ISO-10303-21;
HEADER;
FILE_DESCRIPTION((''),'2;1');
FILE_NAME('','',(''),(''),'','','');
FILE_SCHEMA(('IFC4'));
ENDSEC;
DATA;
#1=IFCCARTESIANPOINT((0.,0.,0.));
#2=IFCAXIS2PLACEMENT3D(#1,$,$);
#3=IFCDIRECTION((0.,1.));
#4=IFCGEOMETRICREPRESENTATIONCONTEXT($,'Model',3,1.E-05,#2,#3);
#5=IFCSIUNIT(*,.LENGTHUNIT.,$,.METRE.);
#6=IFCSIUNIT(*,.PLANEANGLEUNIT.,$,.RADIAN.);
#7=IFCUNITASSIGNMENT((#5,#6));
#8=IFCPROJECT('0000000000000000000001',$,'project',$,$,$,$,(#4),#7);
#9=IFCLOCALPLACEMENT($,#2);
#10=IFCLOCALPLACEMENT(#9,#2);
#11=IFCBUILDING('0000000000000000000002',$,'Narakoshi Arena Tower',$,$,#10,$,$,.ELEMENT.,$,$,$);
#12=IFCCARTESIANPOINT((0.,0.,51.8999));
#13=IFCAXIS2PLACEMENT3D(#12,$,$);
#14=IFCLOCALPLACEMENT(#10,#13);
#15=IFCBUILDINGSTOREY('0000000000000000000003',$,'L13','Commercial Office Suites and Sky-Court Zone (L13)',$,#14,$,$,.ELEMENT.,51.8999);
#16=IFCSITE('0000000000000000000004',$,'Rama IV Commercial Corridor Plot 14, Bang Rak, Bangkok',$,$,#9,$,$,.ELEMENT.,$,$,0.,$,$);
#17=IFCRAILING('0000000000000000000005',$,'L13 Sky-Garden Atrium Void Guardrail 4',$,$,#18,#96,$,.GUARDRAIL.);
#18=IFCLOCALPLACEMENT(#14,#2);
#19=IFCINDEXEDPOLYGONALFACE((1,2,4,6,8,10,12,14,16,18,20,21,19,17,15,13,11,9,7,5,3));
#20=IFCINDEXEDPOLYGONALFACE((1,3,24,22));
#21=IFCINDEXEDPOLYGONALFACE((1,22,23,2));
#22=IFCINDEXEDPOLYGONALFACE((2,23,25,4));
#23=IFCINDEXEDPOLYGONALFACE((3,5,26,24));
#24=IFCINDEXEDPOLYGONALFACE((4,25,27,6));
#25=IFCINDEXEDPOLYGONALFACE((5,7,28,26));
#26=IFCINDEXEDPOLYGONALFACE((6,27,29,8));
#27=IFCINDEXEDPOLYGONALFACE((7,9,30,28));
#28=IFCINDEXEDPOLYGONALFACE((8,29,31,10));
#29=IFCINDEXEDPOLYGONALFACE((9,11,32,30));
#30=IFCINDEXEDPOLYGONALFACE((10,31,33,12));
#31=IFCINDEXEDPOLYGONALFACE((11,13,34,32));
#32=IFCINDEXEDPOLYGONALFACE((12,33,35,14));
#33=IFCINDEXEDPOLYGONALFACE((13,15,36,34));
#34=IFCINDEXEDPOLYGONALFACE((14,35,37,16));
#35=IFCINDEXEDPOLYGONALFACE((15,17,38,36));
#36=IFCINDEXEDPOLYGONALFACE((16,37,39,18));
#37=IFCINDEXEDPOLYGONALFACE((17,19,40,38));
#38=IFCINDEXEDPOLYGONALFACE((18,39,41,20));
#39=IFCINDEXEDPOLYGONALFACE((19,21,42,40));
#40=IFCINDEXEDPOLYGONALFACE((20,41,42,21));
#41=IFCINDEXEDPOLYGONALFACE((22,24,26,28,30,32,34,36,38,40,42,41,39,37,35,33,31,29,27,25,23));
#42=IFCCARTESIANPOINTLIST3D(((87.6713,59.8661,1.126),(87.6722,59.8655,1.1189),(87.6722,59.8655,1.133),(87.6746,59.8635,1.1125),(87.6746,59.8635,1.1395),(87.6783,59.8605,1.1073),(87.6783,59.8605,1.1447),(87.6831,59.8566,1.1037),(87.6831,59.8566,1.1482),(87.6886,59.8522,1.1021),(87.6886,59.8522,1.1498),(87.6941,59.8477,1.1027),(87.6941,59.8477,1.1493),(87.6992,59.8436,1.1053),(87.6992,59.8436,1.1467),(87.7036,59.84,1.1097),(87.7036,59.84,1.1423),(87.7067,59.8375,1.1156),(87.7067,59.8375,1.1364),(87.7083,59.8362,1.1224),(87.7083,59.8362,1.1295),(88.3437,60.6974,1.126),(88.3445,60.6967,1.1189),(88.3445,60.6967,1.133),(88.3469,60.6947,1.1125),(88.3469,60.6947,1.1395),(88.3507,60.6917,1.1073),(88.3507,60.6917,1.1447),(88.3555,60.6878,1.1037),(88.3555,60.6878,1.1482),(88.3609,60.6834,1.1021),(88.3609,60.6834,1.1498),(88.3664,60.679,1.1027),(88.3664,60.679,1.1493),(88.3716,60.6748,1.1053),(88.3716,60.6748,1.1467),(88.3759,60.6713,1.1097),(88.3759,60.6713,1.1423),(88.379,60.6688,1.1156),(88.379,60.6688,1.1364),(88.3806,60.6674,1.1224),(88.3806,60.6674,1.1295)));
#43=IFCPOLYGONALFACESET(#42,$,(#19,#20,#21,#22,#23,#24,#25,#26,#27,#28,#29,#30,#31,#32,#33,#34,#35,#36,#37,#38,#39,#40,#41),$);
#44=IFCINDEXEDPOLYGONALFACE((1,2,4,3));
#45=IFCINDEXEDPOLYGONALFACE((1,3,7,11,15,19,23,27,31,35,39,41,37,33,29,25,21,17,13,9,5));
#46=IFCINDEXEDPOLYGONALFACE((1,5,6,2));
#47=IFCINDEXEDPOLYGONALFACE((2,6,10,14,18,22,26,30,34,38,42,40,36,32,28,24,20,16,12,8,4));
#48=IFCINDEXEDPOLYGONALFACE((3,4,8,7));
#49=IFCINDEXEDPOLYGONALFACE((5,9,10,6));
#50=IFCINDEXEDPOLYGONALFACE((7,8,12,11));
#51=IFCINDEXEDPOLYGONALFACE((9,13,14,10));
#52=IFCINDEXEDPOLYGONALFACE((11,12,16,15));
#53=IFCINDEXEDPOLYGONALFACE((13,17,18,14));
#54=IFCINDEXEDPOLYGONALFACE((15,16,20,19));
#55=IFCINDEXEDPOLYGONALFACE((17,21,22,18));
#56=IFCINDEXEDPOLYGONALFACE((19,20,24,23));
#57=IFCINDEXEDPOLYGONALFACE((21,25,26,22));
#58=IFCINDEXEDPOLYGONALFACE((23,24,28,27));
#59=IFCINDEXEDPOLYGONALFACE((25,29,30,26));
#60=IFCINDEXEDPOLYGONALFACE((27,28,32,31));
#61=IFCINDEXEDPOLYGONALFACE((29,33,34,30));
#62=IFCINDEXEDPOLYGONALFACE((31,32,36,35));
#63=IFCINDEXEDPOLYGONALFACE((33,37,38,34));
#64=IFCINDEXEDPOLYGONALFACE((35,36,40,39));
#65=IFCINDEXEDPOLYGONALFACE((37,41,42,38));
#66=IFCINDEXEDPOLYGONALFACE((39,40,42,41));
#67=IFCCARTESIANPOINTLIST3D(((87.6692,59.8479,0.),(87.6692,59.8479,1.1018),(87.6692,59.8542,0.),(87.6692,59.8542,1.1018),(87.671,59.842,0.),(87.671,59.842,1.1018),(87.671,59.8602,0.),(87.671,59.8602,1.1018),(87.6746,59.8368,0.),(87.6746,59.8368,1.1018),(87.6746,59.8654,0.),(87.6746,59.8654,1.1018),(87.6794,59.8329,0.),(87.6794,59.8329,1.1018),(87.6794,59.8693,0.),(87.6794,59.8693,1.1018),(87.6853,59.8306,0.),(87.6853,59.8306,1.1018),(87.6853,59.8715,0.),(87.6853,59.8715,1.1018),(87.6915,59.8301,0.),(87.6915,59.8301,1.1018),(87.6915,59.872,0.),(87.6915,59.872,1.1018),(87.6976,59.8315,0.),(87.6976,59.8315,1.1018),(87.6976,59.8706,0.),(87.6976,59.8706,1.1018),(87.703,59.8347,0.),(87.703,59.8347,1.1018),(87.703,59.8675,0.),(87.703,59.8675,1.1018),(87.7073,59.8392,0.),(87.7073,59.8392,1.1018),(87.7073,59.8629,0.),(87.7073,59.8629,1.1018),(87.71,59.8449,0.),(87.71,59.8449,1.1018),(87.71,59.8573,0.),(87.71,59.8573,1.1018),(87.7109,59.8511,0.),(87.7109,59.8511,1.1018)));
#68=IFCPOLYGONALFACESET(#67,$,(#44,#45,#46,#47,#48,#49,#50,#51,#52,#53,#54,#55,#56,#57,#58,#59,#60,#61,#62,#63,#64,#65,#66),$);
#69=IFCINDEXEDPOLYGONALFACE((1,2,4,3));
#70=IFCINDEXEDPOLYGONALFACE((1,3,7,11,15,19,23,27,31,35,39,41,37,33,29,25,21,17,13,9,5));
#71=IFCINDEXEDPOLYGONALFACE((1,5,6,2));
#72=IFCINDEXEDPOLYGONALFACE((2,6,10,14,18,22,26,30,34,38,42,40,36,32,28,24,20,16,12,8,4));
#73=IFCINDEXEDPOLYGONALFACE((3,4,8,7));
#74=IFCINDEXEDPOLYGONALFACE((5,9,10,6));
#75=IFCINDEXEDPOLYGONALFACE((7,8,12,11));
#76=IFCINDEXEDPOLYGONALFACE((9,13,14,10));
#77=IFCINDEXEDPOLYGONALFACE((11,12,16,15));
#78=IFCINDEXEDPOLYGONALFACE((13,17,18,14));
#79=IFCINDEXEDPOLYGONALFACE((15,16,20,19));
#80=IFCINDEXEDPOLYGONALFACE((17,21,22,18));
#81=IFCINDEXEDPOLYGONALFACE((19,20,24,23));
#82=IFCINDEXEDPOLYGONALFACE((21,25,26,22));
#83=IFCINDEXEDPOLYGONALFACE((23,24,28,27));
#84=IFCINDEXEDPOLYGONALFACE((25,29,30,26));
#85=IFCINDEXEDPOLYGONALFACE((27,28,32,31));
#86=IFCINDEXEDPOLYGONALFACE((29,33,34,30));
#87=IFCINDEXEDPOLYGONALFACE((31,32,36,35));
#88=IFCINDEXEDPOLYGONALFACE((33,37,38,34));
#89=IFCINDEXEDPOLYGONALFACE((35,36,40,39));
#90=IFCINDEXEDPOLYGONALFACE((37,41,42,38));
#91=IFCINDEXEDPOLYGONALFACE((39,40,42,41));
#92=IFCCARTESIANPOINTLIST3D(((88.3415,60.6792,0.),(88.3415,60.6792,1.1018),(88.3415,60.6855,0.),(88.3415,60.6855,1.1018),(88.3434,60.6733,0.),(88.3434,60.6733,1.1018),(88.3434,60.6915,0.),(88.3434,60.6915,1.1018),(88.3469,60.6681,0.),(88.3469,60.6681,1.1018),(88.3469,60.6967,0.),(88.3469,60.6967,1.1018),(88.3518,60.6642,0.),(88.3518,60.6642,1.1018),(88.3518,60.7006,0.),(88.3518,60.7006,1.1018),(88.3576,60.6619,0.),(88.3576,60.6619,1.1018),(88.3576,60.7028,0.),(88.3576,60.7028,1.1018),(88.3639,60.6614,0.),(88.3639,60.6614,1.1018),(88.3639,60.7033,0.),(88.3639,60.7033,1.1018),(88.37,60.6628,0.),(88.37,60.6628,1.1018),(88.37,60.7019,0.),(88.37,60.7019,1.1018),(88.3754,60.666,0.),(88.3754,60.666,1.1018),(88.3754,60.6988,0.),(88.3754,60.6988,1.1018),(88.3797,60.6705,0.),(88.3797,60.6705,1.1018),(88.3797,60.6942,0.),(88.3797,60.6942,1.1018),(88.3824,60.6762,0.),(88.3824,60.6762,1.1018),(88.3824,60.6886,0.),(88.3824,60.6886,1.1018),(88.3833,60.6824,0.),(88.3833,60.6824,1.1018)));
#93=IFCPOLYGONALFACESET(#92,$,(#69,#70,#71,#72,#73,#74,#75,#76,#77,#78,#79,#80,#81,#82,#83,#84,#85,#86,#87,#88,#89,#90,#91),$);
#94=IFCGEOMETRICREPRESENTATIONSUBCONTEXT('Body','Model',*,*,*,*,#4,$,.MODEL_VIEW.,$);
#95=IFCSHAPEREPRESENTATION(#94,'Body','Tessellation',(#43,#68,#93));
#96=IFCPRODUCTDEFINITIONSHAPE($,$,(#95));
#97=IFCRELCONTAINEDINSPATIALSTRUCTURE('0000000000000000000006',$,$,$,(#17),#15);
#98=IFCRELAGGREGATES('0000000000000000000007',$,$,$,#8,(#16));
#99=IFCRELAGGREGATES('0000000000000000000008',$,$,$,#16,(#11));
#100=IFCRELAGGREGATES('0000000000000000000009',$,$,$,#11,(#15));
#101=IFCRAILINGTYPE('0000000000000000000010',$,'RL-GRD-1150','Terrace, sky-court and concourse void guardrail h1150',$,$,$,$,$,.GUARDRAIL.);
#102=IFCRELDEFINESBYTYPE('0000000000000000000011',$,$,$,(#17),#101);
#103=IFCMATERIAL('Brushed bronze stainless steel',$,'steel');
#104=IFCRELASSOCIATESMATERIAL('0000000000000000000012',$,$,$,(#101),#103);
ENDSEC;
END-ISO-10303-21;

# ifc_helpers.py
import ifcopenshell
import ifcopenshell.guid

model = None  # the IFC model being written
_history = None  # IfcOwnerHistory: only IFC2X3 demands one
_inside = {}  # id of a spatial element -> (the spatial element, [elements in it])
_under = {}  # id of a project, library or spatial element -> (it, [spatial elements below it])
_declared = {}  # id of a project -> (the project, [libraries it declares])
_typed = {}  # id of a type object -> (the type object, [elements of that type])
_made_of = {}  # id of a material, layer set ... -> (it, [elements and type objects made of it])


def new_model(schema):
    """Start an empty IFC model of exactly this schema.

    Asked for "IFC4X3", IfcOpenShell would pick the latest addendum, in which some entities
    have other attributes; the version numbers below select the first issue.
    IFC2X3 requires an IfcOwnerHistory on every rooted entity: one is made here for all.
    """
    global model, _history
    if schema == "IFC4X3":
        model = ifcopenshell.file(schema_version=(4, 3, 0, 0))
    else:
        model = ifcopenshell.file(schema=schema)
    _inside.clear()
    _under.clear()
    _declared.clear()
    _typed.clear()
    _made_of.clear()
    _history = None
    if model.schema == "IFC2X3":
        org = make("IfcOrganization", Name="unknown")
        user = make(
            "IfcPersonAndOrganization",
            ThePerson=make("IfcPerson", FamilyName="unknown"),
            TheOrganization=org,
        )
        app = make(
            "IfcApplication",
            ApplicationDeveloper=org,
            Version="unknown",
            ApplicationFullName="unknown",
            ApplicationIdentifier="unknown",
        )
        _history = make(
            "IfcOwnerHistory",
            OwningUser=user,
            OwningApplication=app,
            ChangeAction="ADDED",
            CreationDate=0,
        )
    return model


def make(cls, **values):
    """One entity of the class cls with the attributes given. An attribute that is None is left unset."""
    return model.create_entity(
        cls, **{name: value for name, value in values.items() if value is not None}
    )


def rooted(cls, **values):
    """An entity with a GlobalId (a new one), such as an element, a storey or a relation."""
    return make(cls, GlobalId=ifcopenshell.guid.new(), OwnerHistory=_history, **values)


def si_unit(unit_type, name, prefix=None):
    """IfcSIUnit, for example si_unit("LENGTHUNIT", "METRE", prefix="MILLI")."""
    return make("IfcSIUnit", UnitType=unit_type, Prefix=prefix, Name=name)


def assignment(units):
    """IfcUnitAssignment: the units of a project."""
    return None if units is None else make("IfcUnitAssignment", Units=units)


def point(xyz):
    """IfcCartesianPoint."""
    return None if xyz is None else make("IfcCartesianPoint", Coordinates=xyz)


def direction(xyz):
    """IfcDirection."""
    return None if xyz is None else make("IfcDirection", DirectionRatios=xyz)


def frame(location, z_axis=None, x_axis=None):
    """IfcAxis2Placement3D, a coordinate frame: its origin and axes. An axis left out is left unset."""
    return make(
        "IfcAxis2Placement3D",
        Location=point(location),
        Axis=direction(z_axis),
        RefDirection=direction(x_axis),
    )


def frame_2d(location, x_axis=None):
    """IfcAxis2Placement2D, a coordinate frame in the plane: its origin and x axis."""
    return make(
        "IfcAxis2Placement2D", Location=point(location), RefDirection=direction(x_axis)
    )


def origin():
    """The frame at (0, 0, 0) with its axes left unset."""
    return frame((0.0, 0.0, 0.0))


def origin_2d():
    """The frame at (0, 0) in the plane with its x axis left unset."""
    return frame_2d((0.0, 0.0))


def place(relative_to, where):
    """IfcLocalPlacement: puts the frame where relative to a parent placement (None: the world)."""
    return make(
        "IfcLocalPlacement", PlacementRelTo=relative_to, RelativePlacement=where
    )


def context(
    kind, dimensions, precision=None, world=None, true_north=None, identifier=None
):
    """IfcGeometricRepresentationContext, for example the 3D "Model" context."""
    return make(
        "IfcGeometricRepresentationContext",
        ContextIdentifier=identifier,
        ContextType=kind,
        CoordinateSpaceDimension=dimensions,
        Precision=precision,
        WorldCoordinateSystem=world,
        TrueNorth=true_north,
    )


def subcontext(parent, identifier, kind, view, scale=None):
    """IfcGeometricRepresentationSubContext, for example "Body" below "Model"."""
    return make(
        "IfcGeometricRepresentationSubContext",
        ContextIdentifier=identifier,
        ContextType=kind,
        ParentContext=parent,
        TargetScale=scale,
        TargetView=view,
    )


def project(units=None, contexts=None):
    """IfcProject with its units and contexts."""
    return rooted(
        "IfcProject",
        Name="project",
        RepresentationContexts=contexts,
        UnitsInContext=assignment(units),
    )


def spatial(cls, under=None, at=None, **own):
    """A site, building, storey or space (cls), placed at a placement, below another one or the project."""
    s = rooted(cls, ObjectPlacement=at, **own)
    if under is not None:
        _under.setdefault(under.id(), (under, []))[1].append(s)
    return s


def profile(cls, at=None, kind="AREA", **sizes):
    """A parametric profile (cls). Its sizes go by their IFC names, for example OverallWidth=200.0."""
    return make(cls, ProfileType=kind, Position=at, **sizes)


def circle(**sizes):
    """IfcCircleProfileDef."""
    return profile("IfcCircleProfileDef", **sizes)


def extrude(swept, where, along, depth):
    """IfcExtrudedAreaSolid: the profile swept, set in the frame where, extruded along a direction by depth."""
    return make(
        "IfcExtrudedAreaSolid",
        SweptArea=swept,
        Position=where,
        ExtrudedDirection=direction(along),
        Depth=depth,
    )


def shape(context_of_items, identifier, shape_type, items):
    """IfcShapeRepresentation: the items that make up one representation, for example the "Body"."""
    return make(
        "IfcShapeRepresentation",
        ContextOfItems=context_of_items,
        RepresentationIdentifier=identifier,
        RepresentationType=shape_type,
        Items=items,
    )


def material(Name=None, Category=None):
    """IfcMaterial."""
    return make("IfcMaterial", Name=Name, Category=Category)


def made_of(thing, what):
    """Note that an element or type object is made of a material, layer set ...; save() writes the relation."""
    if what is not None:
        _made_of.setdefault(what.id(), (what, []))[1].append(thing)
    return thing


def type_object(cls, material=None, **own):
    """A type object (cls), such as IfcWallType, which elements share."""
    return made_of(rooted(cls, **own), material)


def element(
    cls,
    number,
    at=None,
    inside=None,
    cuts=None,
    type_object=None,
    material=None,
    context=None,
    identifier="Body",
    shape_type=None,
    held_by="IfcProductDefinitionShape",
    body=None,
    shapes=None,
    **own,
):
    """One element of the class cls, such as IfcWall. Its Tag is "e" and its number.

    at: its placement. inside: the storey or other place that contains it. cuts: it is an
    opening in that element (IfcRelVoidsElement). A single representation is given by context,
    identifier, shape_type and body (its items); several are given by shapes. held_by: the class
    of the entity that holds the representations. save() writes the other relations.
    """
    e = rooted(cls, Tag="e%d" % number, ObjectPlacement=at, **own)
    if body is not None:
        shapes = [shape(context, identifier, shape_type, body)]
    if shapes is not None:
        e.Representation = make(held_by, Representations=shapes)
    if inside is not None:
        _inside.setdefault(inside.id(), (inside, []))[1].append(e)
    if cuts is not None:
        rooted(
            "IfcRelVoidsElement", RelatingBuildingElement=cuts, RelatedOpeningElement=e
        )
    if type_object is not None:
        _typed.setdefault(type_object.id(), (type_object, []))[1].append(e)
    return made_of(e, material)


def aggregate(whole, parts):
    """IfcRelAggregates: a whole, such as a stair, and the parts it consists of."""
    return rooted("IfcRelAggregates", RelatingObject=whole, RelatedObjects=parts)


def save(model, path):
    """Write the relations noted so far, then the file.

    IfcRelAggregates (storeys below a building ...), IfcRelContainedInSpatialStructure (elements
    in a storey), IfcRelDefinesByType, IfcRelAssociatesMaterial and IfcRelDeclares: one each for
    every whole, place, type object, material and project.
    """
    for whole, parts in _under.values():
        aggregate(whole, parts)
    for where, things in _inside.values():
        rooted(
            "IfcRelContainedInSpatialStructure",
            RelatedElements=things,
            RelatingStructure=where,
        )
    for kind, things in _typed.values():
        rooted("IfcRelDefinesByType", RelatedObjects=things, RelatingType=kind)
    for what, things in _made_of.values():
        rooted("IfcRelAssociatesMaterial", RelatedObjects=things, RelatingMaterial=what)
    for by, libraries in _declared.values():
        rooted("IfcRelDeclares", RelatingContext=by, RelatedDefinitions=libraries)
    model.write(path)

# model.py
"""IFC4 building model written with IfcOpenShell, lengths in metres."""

from ifc_helpers import new_model, si_unit, direction, frame, origin, origin_2d, place, context, subcontext, project, spatial, circle, extrude, material, type_object, element, save


model = new_model("IFC4")

# Units and contexts
model_context = context("Model", 3, precision=1e-05, world=origin(), true_north=direction((0.0, 1.0)))
body_context = subcontext(model_context, "Body", "Model", "MODEL_VIEW")
ifc_project = project(units=[si_unit("LENGTHUNIT", "METRE"), si_unit("PLANEANGLEUNIT", "RADIAN")], contexts=[model_context])

# Site, building, storey
site_placement = place(None, origin())
site = spatial("IfcSite", under=ifc_project, at=site_placement, Name="Rama IV Commercial Corridor Plot 14, Bang Rak, Bangkok", CompositionType="ELEMENT", RefElevation=0.0)
building_placement = place(site_placement, origin())
building = spatial("IfcBuilding", under=site, at=building_placement, Name="Narakoshi Arena Tower", CompositionType="ELEMENT")
storey_placement = place(building_placement, frame((0.0, 0.0, 51.8999)))
storey = spatial("IfcBuildingStorey", under=building, at=storey_placement, Name="L13", Description="Commercial Office Suites and Sky-Court Zone (L13)", CompositionType="ELEMENT", Elevation=51.8999)

# Railing
ifc_material_1 = material(Name="Brushed bronze stainless steel", Category="steel")
railing_type = type_object("IfcRailingType", Name="RL-GRD-1150", Description="Terrace, sky-court and concourse void guardrail h1150", PredefinedType="GUARDRAIL", material=ifc_material_1)
railing_1_placement = place(storey_placement, frame((87.6899, 59.8511, 0.0)))
element("IfcRailing", 1, at=railing_1_placement, inside=storey, type_object=railing_type, Name="L13 Sky-Garden Atrium Void Guardrail 4", PredefinedType="GUARDRAIL", context=body_context, shape_type="SweptSolid", body=[
    extrude(circle(Radius=0.0239, at=origin_2d()), frame((0.0, 0.0, 1.126), z_axis=(0.628863, 0.777516, 0.0), x_axis=(-0.777516, 0.628863, 0.0)), (0.0, 0.0, 1.0), 1.0691),
    extrude(circle(Radius=0.021, at=origin_2d()), origin(), (0.0, 0.0, 1.0), 1.1018),
    extrude(circle(Radius=0.021, at=origin_2d()), frame((0.6724, 0.8313, 0.0)), (0.0, 0.0, 1.0), 1.1018),
])

save(model, "model.ifc")
